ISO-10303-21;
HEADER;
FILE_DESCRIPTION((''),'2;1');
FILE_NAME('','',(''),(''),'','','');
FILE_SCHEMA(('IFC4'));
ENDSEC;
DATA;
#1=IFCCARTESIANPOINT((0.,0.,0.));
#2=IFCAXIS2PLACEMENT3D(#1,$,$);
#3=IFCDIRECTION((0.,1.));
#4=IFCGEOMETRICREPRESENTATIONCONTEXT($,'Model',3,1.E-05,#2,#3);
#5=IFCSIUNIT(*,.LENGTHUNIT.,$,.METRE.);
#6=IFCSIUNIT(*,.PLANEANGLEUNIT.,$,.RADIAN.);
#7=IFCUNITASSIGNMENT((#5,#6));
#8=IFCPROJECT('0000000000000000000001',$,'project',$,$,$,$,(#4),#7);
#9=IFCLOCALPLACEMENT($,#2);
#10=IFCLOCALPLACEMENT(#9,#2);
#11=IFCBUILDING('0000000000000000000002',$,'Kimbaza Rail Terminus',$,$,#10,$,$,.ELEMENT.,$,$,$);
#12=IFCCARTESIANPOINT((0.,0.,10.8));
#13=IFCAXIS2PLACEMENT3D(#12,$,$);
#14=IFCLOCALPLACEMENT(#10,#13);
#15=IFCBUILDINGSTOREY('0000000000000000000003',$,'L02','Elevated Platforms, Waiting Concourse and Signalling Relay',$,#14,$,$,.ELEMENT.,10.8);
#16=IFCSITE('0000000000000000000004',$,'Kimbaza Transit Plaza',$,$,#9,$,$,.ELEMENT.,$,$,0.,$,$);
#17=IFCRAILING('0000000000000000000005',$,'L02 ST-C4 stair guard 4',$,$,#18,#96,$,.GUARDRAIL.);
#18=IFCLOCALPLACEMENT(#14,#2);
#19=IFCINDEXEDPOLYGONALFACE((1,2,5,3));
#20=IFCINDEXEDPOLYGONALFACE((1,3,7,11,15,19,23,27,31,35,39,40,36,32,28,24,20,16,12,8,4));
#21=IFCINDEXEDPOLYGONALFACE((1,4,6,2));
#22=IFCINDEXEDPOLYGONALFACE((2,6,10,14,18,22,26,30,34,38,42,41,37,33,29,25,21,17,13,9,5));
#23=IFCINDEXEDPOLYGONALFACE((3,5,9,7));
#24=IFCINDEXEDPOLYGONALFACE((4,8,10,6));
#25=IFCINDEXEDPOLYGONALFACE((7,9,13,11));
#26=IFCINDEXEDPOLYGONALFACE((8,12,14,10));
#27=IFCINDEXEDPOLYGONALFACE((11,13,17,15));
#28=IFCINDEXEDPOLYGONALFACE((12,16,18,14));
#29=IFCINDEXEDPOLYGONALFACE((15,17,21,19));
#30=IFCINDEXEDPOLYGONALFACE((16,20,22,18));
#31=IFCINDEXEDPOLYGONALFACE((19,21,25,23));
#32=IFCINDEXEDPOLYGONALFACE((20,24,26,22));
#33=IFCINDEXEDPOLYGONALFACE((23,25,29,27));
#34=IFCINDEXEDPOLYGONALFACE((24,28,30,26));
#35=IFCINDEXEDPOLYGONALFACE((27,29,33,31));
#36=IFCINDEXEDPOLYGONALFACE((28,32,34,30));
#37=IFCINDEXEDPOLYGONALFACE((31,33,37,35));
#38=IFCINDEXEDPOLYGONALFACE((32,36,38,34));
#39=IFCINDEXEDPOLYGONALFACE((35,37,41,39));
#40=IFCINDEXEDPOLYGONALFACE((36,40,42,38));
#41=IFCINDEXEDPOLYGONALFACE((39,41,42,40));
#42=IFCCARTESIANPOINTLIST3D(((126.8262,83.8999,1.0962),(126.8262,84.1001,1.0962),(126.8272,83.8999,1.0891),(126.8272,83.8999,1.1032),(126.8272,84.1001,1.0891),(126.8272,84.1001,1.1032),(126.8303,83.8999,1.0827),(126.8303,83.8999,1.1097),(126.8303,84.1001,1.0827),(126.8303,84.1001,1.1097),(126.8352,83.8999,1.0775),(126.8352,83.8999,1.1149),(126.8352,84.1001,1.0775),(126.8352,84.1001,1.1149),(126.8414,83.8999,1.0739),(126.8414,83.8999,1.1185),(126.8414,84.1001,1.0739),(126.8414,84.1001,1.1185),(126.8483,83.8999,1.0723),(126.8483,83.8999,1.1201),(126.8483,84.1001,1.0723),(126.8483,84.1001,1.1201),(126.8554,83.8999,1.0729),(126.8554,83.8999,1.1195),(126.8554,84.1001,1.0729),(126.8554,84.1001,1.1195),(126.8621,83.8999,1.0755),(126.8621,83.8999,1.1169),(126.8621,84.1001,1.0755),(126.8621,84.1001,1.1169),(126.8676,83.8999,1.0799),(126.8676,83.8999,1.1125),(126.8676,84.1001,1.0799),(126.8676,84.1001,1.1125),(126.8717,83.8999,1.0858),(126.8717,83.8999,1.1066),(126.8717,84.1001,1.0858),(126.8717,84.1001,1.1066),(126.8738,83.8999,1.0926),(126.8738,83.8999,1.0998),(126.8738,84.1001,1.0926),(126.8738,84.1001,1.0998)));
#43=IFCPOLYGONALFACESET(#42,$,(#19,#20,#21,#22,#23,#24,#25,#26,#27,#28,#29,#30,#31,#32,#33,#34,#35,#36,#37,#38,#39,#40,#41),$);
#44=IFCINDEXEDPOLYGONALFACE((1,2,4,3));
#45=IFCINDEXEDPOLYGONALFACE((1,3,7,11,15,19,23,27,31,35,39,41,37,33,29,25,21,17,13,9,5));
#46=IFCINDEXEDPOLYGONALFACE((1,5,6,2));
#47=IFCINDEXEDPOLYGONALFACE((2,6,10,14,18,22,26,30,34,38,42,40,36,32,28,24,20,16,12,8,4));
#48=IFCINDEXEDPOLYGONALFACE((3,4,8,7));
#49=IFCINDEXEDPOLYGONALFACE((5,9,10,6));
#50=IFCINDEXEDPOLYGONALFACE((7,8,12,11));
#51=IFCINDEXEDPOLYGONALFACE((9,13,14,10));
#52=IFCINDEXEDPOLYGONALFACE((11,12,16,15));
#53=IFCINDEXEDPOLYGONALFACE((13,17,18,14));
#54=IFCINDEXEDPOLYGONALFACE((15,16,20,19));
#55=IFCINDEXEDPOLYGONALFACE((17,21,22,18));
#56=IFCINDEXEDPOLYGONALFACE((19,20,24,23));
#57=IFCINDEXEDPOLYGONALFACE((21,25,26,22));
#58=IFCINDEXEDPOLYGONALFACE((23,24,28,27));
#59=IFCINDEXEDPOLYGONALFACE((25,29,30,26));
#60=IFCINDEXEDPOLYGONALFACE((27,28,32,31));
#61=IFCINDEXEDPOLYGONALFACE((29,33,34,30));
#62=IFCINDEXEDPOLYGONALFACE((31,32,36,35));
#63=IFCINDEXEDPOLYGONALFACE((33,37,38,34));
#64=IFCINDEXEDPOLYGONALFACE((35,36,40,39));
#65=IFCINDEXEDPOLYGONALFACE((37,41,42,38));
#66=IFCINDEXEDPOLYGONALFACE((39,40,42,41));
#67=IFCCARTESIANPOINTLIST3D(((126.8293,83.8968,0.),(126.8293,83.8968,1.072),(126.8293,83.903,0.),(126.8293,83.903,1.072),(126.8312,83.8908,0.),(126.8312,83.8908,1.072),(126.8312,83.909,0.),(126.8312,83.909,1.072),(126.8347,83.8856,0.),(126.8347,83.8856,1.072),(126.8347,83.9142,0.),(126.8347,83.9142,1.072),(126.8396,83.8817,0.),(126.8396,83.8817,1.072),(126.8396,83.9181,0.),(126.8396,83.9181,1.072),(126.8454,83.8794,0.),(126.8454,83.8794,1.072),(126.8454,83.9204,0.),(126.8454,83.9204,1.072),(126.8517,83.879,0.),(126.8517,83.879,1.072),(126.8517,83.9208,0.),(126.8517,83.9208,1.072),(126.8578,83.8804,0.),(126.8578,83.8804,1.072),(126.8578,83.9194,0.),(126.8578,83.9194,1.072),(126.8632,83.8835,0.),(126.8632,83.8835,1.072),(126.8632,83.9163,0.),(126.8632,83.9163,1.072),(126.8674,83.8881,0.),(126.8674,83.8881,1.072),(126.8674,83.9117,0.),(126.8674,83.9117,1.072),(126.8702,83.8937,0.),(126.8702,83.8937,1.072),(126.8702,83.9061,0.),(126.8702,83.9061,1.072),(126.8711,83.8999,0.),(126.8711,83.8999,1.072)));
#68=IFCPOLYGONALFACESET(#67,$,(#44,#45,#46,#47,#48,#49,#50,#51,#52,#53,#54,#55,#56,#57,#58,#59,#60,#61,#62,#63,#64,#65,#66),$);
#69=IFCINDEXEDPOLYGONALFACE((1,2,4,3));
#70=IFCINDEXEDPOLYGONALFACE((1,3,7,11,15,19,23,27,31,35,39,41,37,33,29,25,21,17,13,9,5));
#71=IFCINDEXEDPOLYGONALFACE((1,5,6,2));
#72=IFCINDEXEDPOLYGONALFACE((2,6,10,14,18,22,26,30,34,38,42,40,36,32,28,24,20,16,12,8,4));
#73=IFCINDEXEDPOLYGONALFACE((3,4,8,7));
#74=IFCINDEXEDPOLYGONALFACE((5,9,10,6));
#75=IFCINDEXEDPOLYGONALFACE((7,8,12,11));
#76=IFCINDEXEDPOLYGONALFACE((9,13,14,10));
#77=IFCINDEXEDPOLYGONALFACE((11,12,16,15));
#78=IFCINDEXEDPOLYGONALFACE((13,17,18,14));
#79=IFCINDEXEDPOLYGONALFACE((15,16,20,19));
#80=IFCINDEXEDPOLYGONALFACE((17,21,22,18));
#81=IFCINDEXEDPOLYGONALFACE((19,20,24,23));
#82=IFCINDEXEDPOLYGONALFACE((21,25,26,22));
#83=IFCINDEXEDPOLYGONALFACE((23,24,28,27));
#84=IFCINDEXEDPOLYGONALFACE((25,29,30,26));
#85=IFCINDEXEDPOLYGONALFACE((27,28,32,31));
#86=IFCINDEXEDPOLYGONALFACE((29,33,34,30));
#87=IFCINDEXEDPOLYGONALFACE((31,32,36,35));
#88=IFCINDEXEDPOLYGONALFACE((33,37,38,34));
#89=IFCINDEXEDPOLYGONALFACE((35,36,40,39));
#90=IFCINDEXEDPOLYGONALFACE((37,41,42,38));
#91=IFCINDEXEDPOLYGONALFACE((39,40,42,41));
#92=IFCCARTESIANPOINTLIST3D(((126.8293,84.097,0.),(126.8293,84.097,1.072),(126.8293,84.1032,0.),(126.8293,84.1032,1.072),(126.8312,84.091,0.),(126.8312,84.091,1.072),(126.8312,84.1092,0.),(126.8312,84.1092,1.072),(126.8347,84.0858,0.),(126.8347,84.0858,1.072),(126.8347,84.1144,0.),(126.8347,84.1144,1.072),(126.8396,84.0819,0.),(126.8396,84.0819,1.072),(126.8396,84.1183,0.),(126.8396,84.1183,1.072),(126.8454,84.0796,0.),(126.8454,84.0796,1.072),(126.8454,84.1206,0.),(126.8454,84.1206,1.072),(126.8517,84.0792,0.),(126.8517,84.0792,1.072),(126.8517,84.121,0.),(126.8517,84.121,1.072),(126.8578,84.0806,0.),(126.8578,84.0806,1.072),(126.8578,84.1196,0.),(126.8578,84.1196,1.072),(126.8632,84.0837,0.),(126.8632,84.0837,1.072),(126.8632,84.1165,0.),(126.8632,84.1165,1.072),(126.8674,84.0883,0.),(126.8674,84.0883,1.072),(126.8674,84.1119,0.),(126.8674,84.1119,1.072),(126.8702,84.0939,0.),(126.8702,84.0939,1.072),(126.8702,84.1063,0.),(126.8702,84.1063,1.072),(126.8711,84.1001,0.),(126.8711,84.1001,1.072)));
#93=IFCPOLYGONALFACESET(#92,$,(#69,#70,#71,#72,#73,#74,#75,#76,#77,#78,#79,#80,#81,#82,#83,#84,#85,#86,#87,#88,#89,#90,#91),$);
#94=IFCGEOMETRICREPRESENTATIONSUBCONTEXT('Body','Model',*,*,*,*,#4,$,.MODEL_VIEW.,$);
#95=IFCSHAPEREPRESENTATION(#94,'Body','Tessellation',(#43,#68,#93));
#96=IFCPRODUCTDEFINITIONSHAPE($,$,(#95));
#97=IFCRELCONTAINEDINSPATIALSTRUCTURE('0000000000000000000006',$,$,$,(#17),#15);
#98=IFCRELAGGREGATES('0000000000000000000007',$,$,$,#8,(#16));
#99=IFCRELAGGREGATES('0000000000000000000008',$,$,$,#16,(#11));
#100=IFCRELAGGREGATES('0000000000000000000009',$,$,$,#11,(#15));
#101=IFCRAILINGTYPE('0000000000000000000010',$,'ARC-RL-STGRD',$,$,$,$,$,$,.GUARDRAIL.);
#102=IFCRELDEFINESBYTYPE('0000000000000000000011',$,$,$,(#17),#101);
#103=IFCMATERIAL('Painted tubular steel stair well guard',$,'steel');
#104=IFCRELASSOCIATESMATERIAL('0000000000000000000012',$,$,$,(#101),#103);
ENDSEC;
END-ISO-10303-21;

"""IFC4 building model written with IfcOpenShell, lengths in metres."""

from ifc_helpers import new_model, si_unit, direction, frame, origin, origin_2d, place, context, subcontext, project, spatial, circle, extrude, material, type_object, element, save


model = new_model("IFC4")

# Units and contexts
model_context = context("Model", 3, precision=1e-05, world=origin(), true_north=direction((0.0, 1.0)))
body_context = subcontext(model_context, "Body", "Model", "MODEL_VIEW")
ifc_project = project(units=[si_unit("LENGTHUNIT", "METRE"), si_unit("PLANEANGLEUNIT", "RADIAN")], contexts=[model_context])

# Site, building, storey
site_placement = place(None, origin())
site = spatial("IfcSite", under=ifc_project, at=site_placement, Name="Kimbaza Transit Plaza", CompositionType="ELEMENT", RefElevation=0.0)
building_placement = place(site_placement, origin())
building = spatial("IfcBuilding", under=site, at=building_placement, Name="Kimbaza Rail Terminus", CompositionType="ELEMENT")
storey_placement = place(building_placement, frame((0.0, 0.0, 10.8)))
storey = spatial("IfcBuildingStorey", under=building, at=storey_placement, Name="L02", Description="Elevated Platforms, Waiting Concourse and Signalling Relay", CompositionType="ELEMENT", Elevation=10.8)

# Railing
ifc_material_1 = material(Name="Painted tubular steel stair well guard", Category="steel")
railing_type_1 = type_object("IfcRailingType", Name="ARC-RL-STGRD", PredefinedType="GUARDRAIL", material=ifc_material_1)
railing_1_placement = place(storey_placement, frame((126.8501, 83.8999, 0.0)))
element("IfcRailing", 1, at=railing_1_placement, inside=storey, type_object=railing_type_1, Name="L02 ST-C4 stair guard 4", PredefinedType="GUARDRAIL", context=body_context, shape_type="SweptSolid", body=[
    extrude(circle(Radius=0.0239, at=origin_2d()), frame((0.0, 0.0, 1.0962), z_axis=(0.0, 1.0, 0.0), x_axis=(-1.0, 0.0, 0.0)), (0.0, 0.0, 1.0), 0.2002),
    extrude(circle(Radius=0.021, at=origin_2d()), origin(), (0.0, 0.0, 1.0), 1.072),
    extrude(circle(Radius=0.021, at=origin_2d()), frame((0.0, 0.2002, 0.0)), (0.0, 0.0, 1.0), 1.072),
])

save(model, "model.ifc")
